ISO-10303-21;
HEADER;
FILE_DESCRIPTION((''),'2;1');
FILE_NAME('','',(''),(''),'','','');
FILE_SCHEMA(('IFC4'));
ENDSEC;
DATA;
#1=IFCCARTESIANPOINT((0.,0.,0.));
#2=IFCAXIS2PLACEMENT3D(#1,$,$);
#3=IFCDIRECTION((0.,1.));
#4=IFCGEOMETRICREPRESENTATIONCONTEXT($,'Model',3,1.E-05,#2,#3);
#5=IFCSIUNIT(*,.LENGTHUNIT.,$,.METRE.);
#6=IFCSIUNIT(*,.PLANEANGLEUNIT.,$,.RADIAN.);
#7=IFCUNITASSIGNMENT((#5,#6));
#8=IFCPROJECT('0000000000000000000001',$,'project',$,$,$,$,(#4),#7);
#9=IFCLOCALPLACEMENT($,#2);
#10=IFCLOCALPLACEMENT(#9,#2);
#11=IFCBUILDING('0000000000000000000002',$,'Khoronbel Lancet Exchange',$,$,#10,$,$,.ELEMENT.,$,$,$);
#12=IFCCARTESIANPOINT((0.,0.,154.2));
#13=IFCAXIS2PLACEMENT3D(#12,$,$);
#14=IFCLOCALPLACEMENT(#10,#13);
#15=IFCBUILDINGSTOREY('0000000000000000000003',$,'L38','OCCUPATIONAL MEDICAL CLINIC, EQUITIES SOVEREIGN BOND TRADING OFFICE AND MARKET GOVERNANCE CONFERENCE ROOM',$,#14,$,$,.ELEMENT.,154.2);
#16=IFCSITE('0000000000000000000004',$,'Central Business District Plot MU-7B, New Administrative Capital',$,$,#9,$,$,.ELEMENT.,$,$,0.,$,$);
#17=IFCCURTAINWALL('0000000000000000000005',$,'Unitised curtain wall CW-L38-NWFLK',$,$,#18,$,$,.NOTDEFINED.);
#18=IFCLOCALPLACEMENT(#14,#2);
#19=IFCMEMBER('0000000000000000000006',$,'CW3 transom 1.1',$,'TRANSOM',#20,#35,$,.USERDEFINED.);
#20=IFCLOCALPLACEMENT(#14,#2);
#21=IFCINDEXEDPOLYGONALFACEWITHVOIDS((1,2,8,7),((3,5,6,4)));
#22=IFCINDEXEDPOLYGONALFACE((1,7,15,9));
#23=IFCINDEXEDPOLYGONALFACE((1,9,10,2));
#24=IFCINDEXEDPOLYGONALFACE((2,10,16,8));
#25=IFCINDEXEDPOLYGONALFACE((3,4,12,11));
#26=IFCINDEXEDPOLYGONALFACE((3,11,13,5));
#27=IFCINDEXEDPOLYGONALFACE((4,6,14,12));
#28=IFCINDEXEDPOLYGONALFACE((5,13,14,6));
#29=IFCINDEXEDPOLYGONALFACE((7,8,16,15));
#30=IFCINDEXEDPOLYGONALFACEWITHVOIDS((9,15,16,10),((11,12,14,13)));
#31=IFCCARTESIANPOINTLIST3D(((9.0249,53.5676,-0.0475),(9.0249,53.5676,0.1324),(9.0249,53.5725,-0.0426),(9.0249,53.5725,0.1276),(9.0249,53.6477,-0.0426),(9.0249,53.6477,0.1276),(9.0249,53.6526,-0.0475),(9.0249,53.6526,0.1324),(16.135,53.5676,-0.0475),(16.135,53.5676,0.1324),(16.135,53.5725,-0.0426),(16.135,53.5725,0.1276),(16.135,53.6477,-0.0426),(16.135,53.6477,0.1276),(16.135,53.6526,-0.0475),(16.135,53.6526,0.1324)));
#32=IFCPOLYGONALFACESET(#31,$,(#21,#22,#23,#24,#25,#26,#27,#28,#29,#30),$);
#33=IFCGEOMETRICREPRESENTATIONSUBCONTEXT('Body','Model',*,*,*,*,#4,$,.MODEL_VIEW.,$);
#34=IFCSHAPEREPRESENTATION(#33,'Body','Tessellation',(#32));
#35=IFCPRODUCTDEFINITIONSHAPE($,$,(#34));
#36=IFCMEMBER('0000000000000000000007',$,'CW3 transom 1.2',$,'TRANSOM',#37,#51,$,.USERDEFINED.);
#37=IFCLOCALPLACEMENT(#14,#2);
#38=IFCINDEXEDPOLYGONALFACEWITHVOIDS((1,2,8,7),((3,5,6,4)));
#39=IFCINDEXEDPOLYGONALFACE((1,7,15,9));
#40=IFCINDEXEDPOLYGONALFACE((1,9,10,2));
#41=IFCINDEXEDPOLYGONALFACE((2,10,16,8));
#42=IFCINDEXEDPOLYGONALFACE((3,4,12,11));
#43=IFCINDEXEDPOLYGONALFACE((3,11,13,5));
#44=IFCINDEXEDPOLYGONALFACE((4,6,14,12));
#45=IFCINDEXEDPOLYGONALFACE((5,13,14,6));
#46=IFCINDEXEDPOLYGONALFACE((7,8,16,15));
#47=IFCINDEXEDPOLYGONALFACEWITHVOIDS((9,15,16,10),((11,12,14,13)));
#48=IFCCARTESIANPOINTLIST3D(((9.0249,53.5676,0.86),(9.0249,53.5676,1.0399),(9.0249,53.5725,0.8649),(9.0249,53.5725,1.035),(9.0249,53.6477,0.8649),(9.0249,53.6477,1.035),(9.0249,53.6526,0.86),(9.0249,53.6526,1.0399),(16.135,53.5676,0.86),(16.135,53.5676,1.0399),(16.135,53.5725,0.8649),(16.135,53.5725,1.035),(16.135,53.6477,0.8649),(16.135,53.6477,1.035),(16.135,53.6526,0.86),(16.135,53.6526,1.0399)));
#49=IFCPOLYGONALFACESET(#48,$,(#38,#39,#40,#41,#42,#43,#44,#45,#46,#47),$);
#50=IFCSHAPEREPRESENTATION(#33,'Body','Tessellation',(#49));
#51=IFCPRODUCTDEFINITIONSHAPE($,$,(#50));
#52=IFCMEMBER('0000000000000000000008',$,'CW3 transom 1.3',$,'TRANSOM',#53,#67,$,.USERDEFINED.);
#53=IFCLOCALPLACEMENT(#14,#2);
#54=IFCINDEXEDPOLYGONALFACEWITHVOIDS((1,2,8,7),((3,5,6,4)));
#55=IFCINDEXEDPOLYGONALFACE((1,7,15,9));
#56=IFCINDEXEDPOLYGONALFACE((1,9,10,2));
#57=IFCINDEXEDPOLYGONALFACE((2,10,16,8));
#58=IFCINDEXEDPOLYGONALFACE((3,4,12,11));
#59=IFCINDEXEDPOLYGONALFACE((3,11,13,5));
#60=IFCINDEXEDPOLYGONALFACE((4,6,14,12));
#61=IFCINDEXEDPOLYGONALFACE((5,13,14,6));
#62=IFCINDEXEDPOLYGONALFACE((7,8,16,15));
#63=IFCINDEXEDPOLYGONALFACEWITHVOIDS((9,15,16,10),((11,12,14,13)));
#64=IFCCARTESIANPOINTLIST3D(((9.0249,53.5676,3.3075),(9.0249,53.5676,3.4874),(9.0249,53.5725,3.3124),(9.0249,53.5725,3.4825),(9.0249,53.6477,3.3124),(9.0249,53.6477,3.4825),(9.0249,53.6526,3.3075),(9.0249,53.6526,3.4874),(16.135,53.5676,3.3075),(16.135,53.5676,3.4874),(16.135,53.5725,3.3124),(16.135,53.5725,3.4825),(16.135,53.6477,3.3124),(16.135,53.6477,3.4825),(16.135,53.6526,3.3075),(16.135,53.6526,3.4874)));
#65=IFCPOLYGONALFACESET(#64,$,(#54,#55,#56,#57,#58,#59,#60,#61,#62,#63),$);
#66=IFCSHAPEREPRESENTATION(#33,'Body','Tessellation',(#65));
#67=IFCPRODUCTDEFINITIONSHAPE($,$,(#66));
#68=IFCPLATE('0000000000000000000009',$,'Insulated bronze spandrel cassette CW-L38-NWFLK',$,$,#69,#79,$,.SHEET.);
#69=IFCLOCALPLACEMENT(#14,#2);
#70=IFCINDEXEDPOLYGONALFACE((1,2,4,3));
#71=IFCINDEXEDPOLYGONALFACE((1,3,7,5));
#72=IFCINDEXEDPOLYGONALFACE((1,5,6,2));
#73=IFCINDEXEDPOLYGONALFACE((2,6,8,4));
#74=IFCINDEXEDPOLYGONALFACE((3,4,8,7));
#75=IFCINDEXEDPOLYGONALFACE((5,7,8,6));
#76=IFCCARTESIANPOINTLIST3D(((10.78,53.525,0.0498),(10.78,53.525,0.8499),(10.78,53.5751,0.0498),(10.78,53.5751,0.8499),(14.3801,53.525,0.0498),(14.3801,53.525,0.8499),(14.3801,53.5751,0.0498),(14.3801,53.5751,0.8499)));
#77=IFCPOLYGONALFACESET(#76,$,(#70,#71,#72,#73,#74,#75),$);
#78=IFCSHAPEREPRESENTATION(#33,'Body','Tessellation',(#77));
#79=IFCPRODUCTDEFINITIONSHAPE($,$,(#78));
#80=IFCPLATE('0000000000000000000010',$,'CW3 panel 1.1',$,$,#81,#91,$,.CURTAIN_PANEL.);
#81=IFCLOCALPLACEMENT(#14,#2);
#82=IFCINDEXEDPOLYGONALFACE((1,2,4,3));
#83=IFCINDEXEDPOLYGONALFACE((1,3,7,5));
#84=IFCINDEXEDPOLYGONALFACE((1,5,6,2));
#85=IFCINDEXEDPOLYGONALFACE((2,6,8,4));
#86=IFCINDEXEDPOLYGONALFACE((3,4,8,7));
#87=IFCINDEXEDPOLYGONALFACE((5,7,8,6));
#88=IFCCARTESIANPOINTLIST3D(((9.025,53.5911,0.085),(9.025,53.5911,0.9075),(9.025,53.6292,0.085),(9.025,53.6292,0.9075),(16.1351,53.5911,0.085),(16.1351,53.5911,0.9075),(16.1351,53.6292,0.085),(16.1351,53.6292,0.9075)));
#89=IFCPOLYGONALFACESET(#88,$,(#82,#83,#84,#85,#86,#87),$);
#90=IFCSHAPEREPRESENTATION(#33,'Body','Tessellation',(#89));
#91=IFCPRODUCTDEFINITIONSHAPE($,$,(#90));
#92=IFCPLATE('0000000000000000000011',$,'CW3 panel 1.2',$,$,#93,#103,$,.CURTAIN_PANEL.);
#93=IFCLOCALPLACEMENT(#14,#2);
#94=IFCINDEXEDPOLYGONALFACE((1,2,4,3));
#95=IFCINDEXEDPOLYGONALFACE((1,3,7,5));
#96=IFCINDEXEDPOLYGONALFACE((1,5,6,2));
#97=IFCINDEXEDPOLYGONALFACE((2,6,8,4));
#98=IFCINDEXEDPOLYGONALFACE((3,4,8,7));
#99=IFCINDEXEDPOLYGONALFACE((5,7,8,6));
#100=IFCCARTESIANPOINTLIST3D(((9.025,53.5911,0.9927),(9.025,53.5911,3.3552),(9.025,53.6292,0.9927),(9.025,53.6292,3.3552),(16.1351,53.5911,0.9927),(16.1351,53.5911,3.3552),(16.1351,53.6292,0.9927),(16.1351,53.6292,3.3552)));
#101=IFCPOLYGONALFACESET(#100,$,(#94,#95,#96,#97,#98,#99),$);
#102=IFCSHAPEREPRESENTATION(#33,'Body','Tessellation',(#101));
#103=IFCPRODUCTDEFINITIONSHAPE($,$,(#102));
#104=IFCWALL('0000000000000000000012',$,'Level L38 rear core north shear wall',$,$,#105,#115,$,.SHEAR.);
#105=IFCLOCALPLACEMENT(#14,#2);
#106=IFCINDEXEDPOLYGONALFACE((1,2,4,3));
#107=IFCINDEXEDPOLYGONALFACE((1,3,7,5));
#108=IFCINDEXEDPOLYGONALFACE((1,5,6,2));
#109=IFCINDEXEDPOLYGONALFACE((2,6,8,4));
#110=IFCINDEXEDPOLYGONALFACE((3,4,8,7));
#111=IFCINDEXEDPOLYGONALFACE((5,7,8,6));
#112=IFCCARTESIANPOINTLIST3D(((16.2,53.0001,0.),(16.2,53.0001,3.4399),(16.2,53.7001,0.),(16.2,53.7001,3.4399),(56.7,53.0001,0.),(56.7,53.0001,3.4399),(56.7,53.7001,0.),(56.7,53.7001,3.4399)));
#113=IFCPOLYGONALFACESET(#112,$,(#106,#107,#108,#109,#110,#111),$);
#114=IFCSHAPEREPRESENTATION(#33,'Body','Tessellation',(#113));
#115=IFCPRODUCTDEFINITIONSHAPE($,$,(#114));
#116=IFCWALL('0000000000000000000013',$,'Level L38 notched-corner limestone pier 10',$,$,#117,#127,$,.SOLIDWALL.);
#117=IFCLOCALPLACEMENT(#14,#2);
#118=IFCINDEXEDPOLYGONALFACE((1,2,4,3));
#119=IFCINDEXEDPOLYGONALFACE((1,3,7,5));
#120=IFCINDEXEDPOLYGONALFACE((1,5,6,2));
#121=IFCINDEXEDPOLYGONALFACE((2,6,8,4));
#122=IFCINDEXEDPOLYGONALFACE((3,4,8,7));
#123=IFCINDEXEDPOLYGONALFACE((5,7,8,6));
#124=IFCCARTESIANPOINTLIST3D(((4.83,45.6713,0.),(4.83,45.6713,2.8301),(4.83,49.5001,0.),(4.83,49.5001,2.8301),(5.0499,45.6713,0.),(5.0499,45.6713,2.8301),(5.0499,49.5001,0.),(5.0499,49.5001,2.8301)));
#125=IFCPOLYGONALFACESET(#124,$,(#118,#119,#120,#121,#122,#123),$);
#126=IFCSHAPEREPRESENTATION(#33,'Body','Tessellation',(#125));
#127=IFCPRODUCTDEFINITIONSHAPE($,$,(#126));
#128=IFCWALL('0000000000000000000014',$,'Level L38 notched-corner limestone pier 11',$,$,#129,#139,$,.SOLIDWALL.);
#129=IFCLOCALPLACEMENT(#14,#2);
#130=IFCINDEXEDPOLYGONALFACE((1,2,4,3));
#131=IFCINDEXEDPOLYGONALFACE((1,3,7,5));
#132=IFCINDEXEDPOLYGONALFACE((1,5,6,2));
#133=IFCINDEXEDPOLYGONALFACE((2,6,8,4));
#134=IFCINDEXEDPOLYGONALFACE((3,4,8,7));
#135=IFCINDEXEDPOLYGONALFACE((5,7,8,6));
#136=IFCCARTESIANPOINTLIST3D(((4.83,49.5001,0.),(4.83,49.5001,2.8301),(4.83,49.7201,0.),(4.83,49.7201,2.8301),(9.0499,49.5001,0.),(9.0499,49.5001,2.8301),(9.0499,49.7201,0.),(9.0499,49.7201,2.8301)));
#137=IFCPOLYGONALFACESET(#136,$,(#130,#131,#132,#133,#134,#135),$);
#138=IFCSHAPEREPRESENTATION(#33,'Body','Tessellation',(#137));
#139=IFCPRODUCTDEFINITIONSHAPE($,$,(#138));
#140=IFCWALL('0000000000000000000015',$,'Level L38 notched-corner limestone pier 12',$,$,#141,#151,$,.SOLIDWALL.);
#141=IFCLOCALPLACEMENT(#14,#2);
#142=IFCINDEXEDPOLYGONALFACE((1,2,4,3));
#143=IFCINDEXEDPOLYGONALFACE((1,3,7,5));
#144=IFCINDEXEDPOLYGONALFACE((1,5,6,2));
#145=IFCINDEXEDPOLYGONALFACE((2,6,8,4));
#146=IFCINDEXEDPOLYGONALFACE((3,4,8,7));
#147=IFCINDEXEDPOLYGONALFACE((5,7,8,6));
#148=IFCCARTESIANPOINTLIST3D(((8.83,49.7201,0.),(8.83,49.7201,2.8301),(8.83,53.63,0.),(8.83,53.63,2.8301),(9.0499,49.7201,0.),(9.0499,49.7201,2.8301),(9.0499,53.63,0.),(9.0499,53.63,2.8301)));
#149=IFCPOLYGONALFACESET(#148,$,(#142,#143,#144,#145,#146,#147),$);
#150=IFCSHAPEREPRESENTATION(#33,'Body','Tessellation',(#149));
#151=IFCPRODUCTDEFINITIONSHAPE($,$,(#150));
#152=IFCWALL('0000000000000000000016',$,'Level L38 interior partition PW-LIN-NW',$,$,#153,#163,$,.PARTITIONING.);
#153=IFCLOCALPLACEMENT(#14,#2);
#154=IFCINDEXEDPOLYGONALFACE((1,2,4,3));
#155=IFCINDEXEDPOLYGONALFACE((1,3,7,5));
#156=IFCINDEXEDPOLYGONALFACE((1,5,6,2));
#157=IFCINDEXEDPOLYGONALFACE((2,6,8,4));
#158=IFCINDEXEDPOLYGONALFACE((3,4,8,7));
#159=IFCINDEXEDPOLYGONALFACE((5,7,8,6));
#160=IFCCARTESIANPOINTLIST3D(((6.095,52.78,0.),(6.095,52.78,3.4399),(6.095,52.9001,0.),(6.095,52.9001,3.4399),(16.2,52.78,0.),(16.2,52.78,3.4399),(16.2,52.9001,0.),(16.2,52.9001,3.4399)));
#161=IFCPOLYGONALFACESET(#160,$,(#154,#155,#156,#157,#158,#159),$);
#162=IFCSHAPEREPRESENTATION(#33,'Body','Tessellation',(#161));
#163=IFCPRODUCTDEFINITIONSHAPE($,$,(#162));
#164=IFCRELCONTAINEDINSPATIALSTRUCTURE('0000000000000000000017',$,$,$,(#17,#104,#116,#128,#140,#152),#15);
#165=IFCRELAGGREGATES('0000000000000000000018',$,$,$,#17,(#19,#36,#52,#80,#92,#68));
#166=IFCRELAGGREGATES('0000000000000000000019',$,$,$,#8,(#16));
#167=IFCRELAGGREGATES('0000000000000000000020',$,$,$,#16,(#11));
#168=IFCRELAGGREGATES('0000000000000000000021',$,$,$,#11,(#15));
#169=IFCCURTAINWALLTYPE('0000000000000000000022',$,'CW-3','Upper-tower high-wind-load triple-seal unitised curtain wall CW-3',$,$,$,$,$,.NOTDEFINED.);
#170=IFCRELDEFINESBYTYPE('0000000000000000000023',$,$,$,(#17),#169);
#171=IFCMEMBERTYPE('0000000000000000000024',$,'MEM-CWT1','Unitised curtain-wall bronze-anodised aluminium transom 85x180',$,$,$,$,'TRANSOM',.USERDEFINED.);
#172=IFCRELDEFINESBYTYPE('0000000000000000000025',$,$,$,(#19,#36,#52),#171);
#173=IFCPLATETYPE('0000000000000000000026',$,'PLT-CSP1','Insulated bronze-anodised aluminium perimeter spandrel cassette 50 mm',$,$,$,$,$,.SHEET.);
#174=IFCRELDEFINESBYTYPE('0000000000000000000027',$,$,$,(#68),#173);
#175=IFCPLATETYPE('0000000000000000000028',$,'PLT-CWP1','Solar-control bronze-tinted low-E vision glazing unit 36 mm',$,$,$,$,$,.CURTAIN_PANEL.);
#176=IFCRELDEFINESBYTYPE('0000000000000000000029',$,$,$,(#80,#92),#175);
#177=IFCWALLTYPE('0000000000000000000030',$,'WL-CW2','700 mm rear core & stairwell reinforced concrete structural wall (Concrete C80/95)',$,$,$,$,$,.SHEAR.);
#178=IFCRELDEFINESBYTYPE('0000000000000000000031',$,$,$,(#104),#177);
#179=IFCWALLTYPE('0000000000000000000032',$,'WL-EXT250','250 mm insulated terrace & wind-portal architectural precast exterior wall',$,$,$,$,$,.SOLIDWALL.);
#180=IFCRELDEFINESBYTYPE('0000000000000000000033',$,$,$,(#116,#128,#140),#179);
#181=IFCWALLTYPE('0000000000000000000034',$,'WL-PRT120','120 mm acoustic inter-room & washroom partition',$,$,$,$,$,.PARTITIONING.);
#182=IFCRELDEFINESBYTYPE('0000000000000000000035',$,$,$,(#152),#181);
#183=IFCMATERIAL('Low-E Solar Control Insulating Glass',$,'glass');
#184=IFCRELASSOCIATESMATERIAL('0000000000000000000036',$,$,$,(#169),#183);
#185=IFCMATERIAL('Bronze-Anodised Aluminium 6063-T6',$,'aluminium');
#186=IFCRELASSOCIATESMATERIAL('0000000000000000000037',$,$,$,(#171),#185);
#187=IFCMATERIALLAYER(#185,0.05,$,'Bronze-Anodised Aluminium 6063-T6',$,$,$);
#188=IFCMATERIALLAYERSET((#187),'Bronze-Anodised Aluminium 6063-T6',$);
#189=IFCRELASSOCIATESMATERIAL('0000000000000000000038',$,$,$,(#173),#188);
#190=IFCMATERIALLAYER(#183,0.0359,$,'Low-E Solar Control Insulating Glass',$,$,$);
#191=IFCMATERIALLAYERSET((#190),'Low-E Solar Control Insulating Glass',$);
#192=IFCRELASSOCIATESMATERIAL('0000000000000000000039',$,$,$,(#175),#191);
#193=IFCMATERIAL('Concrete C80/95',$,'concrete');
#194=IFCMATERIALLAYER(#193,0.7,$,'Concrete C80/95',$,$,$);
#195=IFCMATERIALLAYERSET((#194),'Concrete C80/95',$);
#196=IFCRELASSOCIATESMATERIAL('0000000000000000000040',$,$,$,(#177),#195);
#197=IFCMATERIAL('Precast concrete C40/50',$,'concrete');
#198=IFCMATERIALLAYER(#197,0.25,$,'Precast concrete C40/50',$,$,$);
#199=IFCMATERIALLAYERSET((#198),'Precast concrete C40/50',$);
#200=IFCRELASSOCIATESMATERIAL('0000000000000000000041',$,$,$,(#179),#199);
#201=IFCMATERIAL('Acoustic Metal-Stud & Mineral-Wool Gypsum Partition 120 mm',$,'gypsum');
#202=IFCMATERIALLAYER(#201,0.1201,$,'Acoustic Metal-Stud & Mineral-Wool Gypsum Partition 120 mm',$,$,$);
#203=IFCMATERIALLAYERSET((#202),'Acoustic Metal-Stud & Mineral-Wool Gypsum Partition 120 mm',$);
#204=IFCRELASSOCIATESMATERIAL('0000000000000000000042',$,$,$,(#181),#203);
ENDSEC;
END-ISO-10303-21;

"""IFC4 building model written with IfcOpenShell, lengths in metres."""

from ifc_helpers import new_model, si_unit, direction, frame, frame_2d, origin, origin_2d, place, context, subcontext, project, spatial, rectangle, hollow_rectangle, extrude, material, layer, layer_set, material_profile, profile_set, type_object, element, aggregate, save


model = new_model("IFC4")

# Units and contexts
model_context = context("Model", 3, precision=1e-05, world=origin(), true_north=direction((0.0, 1.0)))
body_context = subcontext(model_context, "Body", "Model", "MODEL_VIEW")
ifc_project = project(units=[si_unit("LENGTHUNIT", "METRE"), si_unit("PLANEANGLEUNIT", "RADIAN")], contexts=[model_context])

# Site, building, storey
site_placement = place(None, origin())
site = spatial("IfcSite", under=ifc_project, at=site_placement, Name="Central Business District Plot MU-7B, New Administrative Capital", CompositionType="ELEMENT", RefElevation=0.0)
building_placement = place(site_placement, origin())
building = spatial("IfcBuilding", under=site, at=building_placement, Name="Khoronbel Lancet Exchange", CompositionType="ELEMENT")
storey_placement = place(building_placement, frame((0.0, 0.0, 154.2)))
storey = spatial("IfcBuildingStorey", under=building, at=storey_placement, Name="L38", Description="OCCUPATIONAL MEDICAL CLINIC, EQUITIES SOVEREIGN BOND TRADING OFFICE AND MARKET GOVERNANCE CONFERENCE ROOM", CompositionType="ELEMENT", Elevation=154.2)

# Curtain wall
ifc_material_1 = material(Name="Low-E Solar Control Insulating Glass", Category="glass")
curtain_wall_type_1 = type_object("IfcCurtainWallType", Name="CW-3", Description="Upper-tower high-wind-load triple-seal unitised curtain wall CW-3", PredefinedType="NOTDEFINED", material=ifc_material_1)
curtain_wall_1_placement = place(storey_placement, origin())
curtain_wall_1 = element("IfcCurtainWall", 1, at=curtain_wall_1_placement, inside=storey, type_object=curtain_wall_type_1, Name="Unitised curtain wall CW-L38-NWFLK", PredefinedType="NOTDEFINED")
ifc_material_2 = material(Name="Bronze-Anodised Aluminium 6063-T6", Category="aluminium")

# Members
ifc_material_profile_1 = material_profile(ifc_material_2, hollow_rectangle(XDim=0.085, YDim=0.1799, WallThickness=0.0049, at=origin_2d()), Name="ALU TRANSOM 85x180")
ifc_profile_set_1 = profile_set([ifc_material_profile_1], Name="Bronze-Anodised Aluminium 6063-T6")
member_type_1 = type_object("IfcMemberType", Name="MEM-CWT1", Description="Unitised curtain-wall bronze-anodised aluminium transom 85x180", ElementType="TRANSOM", PredefinedType="USERDEFINED", material=ifc_profile_set_1)
member_1_placement = place(storey_placement, frame((16.135, 53.6101, 0.0425), z_axis=(-1.0, 0.0, 0.0), x_axis=(0.0, -1.0, 0.0)))
member_1 = element("IfcMember", 2, at=member_1_placement, type_object=member_type_1, Name="CW3 transom 1.1", ObjectType="TRANSOM", PredefinedType="USERDEFINED", context=body_context, shape_type="SweptSolid", body=[
    extrude(hollow_rectangle(XDim=0.085, YDim=0.1799, WallThickness=0.0049, at=origin_2d()), origin(), (0.0, 0.0, 1.0), 7.1101),
])
member_2_placement = place(storey_placement, frame((16.135, 53.6101, 0.95), z_axis=(-1.0, 0.0, 0.0), x_axis=(0.0, -1.0, 0.0)))
member_2 = element("IfcMember", 3, at=member_2_placement, type_object=member_type_1, Name="CW3 transom 1.2", ObjectType="TRANSOM", PredefinedType="USERDEFINED", context=body_context, shape_type="SweptSolid", body=[
    extrude(hollow_rectangle(XDim=0.085, YDim=0.1799, WallThickness=0.0049, at=origin_2d()), origin(), (0.0, 0.0, 1.0), 7.1101),
])
member_3_placement = place(storey_placement, frame((16.135, 53.6101, 3.3975), z_axis=(-1.0, 0.0, 0.0), x_axis=(0.0, -1.0, 0.0)))
member_3 = element("IfcMember", 4, at=member_3_placement, type_object=member_type_1, Name="CW3 transom 1.3", ObjectType="TRANSOM", PredefinedType="USERDEFINED", context=body_context, shape_type="SweptSolid", body=[
    extrude(hollow_rectangle(XDim=0.085, YDim=0.1799, WallThickness=0.0049, at=origin_2d()), origin(), (0.0, 0.0, 1.0), 7.1101),
])

# Plates
ifc_layer_1 = layer(ifc_material_2, 0.05, Name="Bronze-Anodised Aluminium 6063-T6")
ifc_layer_set_1 = layer_set([ifc_layer_1], Name="Bronze-Anodised Aluminium 6063-T6")
plate_type_1 = type_object("IfcPlateType", Name="PLT-CSP1", Description="Insulated bronze-anodised aluminium perimeter spandrel cassette 50 mm", PredefinedType="SHEET", material=ifc_layer_set_1)
plate_1_placement = place(storey_placement, frame((12.5801, 53.55, 0.0498), z_axis=(0.0, 0.0, 1.0), x_axis=(-1.0, 0.0, 0.0)))
plate_1 = element("IfcPlate", 5, at=plate_1_placement, type_object=plate_type_1, Name="Insulated bronze spandrel cassette CW-L38-NWFLK", PredefinedType="SHEET", context=body_context, shape_type="SweptSolid", body=[
    extrude(rectangle(XDim=3.6001, YDim=0.05, at=origin_2d()), origin(), (0.0, 0.0, 1.0), 0.8),
])
ifc_layer_2 = layer(ifc_material_1, 0.0359, Name="Low-E Solar Control Insulating Glass")
ifc_layer_set_2 = layer_set([ifc_layer_2], Name="Low-E Solar Control Insulating Glass")
plate_type_2 = type_object("IfcPlateType", Name="PLT-CWP1", Description="Solar-control bronze-tinted low-E vision glazing unit 36 mm", PredefinedType="CURTAIN_PANEL", material=ifc_layer_set_2)
plate_2_placement = place(storey_placement, frame((12.5801, 53.6101, 0.085), z_axis=(0.0, 0.0, 1.0), x_axis=(-1.0, 0.0, 0.0)))
plate_2 = element("IfcPlate", 6, at=plate_2_placement, type_object=plate_type_2, Name="CW3 panel 1.1", PredefinedType="CURTAIN_PANEL", context=body_context, shape_type="SweptSolid", body=[
    extrude(rectangle(XDim=7.1101, YDim=0.0381, at=origin_2d()), origin(), (0.0, 0.0, 1.0), 0.8225),
])
plate_3_placement = place(storey_placement, frame((12.5801, 53.6101, 0.9927), z_axis=(0.0, 0.0, 1.0), x_axis=(-1.0, 0.0, 0.0)))
plate_3 = element("IfcPlate", 7, at=plate_3_placement, type_object=plate_type_2, Name="CW3 panel 1.2", PredefinedType="CURTAIN_PANEL", context=body_context, shape_type="SweptSolid", body=[
    extrude(rectangle(XDim=7.1101, YDim=0.0381, at=origin_2d()), origin(), (0.0, 0.0, 1.0), 2.3625),
])
aggregate(curtain_wall_1, [member_1, member_2, member_3, plate_2, plate_3, plate_1])

# Walls
ifc_material_3 = material(Name="Concrete C80/95", Category="concrete")
ifc_layer_3 = layer(ifc_material_3, 0.7, Name="Concrete C80/95")
ifc_layer_set_3 = layer_set([ifc_layer_3], Name="Concrete C80/95")
wall_type_1 = type_object("IfcWallType", Name="WL-CW2", Description="700 mm rear core & stairwell reinforced concrete structural wall (Concrete C80/95)", PredefinedType="SHEAR", material=ifc_layer_set_3)
wall_1_placement = place(storey_placement, frame((16.2, 53.3501, 0.0), z_axis=(0.0, 0.0, 1.0), x_axis=(1.0, 0.0, 0.0)))
element("IfcWall", 8, at=wall_1_placement, inside=storey, type_object=wall_type_1, Name="Level L38 rear core north shear wall", PredefinedType="SHEAR", context=body_context, shape_type="SweptSolid", body=[
    extrude(rectangle(XDim=40.5, YDim=0.7, at=frame_2d((20.25, 0.0))), origin(), (0.0, 0.0, 1.0), 3.4399),
])
ifc_material_4 = material(Name="Precast concrete C40/50", Category="concrete")
ifc_layer_4 = layer(ifc_material_4, 0.25, Name="Precast concrete C40/50")
ifc_layer_set_4 = layer_set([ifc_layer_4], Name="Precast concrete C40/50")
wall_type_2 = type_object("IfcWallType", Name="WL-EXT250", Description="250 mm insulated terrace & wind-portal architectural precast exterior wall", PredefinedType="SOLIDWALL", material=ifc_layer_set_4)
wall_2_placement = place(storey_placement, frame((4.9399, 45.6711, 0.0), z_axis=(0.0, 0.0, 1.0), x_axis=(0.0, 1.0, 0.0)))
element("IfcWall", 9, at=wall_2_placement, inside=storey, type_object=wall_type_2, Name="Level L38 notched-corner limestone pier 10", PredefinedType="SOLIDWALL", context=body_context, shape_type="SweptSolid", body=[
    extrude(rectangle(XDim=3.8289, YDim=0.22, at=frame_2d((1.9146, 0.0))), origin(), (0.0, 0.0, 1.0), 2.8301),
])
wall_3_placement = place(storey_placement, frame((4.8301, 49.6101, 0.0), z_axis=(0.0, 0.0, 1.0), x_axis=(1.0, 0.0, 0.0)))
element("IfcWall", 10, at=wall_3_placement, inside=storey, type_object=wall_type_2, Name="Level L38 notched-corner limestone pier 11", PredefinedType="SOLIDWALL", context=body_context, shape_type="SweptSolid", body=[
    extrude(rectangle(XDim=4.22, YDim=0.22, at=frame_2d((2.1099, 0.0))), origin(), (0.0, 0.0, 1.0), 2.8301),
])
wall_4_placement = place(storey_placement, frame((8.9399, 49.72, 0.0), z_axis=(0.0, 0.0, 1.0), x_axis=(0.0, 1.0, 0.0)))
element("IfcWall", 11, at=wall_4_placement, inside=storey, type_object=wall_type_2, Name="Level L38 notched-corner limestone pier 12", PredefinedType="SOLIDWALL", context=body_context, shape_type="SweptSolid", body=[
    extrude(rectangle(XDim=3.9099, YDim=0.22, at=frame_2d((1.9551, 0.0))), origin(), (0.0, 0.0, 1.0), 2.8301),
])
ifc_material_5 = material(Name="Acoustic Metal-Stud & Mineral-Wool Gypsum Partition 120 mm", Category="gypsum")
ifc_layer_5 = layer(ifc_material_5, 0.1201, Name="Acoustic Metal-Stud & Mineral-Wool Gypsum Partition 120 mm")
ifc_layer_set_5 = layer_set([ifc_layer_5], Name="Acoustic Metal-Stud & Mineral-Wool Gypsum Partition 120 mm")
wall_type_3 = type_object("IfcWallType", Name="WL-PRT120", Description="120 mm acoustic inter-room & washroom partition", PredefinedType="PARTITIONING", material=ifc_layer_set_5)
wall_5_placement = place(storey_placement, frame((6.095, 52.8401, 0.0), z_axis=(0.0, 0.0, 1.0), x_axis=(1.0, 0.0, 0.0)))
element("IfcWall", 12, at=wall_5_placement, inside=storey, type_object=wall_type_3, Name="Level L38 interior partition PW-LIN-NW", PredefinedType="PARTITIONING", context=body_context, shape_type="SweptSolid", body=[
    extrude(rectangle(XDim=10.105, YDim=0.1201, at=frame_2d((5.0525, 0.0))), origin(), (0.0, 0.0, 1.0), 3.4399),
])

save(model, "model.ifc")
